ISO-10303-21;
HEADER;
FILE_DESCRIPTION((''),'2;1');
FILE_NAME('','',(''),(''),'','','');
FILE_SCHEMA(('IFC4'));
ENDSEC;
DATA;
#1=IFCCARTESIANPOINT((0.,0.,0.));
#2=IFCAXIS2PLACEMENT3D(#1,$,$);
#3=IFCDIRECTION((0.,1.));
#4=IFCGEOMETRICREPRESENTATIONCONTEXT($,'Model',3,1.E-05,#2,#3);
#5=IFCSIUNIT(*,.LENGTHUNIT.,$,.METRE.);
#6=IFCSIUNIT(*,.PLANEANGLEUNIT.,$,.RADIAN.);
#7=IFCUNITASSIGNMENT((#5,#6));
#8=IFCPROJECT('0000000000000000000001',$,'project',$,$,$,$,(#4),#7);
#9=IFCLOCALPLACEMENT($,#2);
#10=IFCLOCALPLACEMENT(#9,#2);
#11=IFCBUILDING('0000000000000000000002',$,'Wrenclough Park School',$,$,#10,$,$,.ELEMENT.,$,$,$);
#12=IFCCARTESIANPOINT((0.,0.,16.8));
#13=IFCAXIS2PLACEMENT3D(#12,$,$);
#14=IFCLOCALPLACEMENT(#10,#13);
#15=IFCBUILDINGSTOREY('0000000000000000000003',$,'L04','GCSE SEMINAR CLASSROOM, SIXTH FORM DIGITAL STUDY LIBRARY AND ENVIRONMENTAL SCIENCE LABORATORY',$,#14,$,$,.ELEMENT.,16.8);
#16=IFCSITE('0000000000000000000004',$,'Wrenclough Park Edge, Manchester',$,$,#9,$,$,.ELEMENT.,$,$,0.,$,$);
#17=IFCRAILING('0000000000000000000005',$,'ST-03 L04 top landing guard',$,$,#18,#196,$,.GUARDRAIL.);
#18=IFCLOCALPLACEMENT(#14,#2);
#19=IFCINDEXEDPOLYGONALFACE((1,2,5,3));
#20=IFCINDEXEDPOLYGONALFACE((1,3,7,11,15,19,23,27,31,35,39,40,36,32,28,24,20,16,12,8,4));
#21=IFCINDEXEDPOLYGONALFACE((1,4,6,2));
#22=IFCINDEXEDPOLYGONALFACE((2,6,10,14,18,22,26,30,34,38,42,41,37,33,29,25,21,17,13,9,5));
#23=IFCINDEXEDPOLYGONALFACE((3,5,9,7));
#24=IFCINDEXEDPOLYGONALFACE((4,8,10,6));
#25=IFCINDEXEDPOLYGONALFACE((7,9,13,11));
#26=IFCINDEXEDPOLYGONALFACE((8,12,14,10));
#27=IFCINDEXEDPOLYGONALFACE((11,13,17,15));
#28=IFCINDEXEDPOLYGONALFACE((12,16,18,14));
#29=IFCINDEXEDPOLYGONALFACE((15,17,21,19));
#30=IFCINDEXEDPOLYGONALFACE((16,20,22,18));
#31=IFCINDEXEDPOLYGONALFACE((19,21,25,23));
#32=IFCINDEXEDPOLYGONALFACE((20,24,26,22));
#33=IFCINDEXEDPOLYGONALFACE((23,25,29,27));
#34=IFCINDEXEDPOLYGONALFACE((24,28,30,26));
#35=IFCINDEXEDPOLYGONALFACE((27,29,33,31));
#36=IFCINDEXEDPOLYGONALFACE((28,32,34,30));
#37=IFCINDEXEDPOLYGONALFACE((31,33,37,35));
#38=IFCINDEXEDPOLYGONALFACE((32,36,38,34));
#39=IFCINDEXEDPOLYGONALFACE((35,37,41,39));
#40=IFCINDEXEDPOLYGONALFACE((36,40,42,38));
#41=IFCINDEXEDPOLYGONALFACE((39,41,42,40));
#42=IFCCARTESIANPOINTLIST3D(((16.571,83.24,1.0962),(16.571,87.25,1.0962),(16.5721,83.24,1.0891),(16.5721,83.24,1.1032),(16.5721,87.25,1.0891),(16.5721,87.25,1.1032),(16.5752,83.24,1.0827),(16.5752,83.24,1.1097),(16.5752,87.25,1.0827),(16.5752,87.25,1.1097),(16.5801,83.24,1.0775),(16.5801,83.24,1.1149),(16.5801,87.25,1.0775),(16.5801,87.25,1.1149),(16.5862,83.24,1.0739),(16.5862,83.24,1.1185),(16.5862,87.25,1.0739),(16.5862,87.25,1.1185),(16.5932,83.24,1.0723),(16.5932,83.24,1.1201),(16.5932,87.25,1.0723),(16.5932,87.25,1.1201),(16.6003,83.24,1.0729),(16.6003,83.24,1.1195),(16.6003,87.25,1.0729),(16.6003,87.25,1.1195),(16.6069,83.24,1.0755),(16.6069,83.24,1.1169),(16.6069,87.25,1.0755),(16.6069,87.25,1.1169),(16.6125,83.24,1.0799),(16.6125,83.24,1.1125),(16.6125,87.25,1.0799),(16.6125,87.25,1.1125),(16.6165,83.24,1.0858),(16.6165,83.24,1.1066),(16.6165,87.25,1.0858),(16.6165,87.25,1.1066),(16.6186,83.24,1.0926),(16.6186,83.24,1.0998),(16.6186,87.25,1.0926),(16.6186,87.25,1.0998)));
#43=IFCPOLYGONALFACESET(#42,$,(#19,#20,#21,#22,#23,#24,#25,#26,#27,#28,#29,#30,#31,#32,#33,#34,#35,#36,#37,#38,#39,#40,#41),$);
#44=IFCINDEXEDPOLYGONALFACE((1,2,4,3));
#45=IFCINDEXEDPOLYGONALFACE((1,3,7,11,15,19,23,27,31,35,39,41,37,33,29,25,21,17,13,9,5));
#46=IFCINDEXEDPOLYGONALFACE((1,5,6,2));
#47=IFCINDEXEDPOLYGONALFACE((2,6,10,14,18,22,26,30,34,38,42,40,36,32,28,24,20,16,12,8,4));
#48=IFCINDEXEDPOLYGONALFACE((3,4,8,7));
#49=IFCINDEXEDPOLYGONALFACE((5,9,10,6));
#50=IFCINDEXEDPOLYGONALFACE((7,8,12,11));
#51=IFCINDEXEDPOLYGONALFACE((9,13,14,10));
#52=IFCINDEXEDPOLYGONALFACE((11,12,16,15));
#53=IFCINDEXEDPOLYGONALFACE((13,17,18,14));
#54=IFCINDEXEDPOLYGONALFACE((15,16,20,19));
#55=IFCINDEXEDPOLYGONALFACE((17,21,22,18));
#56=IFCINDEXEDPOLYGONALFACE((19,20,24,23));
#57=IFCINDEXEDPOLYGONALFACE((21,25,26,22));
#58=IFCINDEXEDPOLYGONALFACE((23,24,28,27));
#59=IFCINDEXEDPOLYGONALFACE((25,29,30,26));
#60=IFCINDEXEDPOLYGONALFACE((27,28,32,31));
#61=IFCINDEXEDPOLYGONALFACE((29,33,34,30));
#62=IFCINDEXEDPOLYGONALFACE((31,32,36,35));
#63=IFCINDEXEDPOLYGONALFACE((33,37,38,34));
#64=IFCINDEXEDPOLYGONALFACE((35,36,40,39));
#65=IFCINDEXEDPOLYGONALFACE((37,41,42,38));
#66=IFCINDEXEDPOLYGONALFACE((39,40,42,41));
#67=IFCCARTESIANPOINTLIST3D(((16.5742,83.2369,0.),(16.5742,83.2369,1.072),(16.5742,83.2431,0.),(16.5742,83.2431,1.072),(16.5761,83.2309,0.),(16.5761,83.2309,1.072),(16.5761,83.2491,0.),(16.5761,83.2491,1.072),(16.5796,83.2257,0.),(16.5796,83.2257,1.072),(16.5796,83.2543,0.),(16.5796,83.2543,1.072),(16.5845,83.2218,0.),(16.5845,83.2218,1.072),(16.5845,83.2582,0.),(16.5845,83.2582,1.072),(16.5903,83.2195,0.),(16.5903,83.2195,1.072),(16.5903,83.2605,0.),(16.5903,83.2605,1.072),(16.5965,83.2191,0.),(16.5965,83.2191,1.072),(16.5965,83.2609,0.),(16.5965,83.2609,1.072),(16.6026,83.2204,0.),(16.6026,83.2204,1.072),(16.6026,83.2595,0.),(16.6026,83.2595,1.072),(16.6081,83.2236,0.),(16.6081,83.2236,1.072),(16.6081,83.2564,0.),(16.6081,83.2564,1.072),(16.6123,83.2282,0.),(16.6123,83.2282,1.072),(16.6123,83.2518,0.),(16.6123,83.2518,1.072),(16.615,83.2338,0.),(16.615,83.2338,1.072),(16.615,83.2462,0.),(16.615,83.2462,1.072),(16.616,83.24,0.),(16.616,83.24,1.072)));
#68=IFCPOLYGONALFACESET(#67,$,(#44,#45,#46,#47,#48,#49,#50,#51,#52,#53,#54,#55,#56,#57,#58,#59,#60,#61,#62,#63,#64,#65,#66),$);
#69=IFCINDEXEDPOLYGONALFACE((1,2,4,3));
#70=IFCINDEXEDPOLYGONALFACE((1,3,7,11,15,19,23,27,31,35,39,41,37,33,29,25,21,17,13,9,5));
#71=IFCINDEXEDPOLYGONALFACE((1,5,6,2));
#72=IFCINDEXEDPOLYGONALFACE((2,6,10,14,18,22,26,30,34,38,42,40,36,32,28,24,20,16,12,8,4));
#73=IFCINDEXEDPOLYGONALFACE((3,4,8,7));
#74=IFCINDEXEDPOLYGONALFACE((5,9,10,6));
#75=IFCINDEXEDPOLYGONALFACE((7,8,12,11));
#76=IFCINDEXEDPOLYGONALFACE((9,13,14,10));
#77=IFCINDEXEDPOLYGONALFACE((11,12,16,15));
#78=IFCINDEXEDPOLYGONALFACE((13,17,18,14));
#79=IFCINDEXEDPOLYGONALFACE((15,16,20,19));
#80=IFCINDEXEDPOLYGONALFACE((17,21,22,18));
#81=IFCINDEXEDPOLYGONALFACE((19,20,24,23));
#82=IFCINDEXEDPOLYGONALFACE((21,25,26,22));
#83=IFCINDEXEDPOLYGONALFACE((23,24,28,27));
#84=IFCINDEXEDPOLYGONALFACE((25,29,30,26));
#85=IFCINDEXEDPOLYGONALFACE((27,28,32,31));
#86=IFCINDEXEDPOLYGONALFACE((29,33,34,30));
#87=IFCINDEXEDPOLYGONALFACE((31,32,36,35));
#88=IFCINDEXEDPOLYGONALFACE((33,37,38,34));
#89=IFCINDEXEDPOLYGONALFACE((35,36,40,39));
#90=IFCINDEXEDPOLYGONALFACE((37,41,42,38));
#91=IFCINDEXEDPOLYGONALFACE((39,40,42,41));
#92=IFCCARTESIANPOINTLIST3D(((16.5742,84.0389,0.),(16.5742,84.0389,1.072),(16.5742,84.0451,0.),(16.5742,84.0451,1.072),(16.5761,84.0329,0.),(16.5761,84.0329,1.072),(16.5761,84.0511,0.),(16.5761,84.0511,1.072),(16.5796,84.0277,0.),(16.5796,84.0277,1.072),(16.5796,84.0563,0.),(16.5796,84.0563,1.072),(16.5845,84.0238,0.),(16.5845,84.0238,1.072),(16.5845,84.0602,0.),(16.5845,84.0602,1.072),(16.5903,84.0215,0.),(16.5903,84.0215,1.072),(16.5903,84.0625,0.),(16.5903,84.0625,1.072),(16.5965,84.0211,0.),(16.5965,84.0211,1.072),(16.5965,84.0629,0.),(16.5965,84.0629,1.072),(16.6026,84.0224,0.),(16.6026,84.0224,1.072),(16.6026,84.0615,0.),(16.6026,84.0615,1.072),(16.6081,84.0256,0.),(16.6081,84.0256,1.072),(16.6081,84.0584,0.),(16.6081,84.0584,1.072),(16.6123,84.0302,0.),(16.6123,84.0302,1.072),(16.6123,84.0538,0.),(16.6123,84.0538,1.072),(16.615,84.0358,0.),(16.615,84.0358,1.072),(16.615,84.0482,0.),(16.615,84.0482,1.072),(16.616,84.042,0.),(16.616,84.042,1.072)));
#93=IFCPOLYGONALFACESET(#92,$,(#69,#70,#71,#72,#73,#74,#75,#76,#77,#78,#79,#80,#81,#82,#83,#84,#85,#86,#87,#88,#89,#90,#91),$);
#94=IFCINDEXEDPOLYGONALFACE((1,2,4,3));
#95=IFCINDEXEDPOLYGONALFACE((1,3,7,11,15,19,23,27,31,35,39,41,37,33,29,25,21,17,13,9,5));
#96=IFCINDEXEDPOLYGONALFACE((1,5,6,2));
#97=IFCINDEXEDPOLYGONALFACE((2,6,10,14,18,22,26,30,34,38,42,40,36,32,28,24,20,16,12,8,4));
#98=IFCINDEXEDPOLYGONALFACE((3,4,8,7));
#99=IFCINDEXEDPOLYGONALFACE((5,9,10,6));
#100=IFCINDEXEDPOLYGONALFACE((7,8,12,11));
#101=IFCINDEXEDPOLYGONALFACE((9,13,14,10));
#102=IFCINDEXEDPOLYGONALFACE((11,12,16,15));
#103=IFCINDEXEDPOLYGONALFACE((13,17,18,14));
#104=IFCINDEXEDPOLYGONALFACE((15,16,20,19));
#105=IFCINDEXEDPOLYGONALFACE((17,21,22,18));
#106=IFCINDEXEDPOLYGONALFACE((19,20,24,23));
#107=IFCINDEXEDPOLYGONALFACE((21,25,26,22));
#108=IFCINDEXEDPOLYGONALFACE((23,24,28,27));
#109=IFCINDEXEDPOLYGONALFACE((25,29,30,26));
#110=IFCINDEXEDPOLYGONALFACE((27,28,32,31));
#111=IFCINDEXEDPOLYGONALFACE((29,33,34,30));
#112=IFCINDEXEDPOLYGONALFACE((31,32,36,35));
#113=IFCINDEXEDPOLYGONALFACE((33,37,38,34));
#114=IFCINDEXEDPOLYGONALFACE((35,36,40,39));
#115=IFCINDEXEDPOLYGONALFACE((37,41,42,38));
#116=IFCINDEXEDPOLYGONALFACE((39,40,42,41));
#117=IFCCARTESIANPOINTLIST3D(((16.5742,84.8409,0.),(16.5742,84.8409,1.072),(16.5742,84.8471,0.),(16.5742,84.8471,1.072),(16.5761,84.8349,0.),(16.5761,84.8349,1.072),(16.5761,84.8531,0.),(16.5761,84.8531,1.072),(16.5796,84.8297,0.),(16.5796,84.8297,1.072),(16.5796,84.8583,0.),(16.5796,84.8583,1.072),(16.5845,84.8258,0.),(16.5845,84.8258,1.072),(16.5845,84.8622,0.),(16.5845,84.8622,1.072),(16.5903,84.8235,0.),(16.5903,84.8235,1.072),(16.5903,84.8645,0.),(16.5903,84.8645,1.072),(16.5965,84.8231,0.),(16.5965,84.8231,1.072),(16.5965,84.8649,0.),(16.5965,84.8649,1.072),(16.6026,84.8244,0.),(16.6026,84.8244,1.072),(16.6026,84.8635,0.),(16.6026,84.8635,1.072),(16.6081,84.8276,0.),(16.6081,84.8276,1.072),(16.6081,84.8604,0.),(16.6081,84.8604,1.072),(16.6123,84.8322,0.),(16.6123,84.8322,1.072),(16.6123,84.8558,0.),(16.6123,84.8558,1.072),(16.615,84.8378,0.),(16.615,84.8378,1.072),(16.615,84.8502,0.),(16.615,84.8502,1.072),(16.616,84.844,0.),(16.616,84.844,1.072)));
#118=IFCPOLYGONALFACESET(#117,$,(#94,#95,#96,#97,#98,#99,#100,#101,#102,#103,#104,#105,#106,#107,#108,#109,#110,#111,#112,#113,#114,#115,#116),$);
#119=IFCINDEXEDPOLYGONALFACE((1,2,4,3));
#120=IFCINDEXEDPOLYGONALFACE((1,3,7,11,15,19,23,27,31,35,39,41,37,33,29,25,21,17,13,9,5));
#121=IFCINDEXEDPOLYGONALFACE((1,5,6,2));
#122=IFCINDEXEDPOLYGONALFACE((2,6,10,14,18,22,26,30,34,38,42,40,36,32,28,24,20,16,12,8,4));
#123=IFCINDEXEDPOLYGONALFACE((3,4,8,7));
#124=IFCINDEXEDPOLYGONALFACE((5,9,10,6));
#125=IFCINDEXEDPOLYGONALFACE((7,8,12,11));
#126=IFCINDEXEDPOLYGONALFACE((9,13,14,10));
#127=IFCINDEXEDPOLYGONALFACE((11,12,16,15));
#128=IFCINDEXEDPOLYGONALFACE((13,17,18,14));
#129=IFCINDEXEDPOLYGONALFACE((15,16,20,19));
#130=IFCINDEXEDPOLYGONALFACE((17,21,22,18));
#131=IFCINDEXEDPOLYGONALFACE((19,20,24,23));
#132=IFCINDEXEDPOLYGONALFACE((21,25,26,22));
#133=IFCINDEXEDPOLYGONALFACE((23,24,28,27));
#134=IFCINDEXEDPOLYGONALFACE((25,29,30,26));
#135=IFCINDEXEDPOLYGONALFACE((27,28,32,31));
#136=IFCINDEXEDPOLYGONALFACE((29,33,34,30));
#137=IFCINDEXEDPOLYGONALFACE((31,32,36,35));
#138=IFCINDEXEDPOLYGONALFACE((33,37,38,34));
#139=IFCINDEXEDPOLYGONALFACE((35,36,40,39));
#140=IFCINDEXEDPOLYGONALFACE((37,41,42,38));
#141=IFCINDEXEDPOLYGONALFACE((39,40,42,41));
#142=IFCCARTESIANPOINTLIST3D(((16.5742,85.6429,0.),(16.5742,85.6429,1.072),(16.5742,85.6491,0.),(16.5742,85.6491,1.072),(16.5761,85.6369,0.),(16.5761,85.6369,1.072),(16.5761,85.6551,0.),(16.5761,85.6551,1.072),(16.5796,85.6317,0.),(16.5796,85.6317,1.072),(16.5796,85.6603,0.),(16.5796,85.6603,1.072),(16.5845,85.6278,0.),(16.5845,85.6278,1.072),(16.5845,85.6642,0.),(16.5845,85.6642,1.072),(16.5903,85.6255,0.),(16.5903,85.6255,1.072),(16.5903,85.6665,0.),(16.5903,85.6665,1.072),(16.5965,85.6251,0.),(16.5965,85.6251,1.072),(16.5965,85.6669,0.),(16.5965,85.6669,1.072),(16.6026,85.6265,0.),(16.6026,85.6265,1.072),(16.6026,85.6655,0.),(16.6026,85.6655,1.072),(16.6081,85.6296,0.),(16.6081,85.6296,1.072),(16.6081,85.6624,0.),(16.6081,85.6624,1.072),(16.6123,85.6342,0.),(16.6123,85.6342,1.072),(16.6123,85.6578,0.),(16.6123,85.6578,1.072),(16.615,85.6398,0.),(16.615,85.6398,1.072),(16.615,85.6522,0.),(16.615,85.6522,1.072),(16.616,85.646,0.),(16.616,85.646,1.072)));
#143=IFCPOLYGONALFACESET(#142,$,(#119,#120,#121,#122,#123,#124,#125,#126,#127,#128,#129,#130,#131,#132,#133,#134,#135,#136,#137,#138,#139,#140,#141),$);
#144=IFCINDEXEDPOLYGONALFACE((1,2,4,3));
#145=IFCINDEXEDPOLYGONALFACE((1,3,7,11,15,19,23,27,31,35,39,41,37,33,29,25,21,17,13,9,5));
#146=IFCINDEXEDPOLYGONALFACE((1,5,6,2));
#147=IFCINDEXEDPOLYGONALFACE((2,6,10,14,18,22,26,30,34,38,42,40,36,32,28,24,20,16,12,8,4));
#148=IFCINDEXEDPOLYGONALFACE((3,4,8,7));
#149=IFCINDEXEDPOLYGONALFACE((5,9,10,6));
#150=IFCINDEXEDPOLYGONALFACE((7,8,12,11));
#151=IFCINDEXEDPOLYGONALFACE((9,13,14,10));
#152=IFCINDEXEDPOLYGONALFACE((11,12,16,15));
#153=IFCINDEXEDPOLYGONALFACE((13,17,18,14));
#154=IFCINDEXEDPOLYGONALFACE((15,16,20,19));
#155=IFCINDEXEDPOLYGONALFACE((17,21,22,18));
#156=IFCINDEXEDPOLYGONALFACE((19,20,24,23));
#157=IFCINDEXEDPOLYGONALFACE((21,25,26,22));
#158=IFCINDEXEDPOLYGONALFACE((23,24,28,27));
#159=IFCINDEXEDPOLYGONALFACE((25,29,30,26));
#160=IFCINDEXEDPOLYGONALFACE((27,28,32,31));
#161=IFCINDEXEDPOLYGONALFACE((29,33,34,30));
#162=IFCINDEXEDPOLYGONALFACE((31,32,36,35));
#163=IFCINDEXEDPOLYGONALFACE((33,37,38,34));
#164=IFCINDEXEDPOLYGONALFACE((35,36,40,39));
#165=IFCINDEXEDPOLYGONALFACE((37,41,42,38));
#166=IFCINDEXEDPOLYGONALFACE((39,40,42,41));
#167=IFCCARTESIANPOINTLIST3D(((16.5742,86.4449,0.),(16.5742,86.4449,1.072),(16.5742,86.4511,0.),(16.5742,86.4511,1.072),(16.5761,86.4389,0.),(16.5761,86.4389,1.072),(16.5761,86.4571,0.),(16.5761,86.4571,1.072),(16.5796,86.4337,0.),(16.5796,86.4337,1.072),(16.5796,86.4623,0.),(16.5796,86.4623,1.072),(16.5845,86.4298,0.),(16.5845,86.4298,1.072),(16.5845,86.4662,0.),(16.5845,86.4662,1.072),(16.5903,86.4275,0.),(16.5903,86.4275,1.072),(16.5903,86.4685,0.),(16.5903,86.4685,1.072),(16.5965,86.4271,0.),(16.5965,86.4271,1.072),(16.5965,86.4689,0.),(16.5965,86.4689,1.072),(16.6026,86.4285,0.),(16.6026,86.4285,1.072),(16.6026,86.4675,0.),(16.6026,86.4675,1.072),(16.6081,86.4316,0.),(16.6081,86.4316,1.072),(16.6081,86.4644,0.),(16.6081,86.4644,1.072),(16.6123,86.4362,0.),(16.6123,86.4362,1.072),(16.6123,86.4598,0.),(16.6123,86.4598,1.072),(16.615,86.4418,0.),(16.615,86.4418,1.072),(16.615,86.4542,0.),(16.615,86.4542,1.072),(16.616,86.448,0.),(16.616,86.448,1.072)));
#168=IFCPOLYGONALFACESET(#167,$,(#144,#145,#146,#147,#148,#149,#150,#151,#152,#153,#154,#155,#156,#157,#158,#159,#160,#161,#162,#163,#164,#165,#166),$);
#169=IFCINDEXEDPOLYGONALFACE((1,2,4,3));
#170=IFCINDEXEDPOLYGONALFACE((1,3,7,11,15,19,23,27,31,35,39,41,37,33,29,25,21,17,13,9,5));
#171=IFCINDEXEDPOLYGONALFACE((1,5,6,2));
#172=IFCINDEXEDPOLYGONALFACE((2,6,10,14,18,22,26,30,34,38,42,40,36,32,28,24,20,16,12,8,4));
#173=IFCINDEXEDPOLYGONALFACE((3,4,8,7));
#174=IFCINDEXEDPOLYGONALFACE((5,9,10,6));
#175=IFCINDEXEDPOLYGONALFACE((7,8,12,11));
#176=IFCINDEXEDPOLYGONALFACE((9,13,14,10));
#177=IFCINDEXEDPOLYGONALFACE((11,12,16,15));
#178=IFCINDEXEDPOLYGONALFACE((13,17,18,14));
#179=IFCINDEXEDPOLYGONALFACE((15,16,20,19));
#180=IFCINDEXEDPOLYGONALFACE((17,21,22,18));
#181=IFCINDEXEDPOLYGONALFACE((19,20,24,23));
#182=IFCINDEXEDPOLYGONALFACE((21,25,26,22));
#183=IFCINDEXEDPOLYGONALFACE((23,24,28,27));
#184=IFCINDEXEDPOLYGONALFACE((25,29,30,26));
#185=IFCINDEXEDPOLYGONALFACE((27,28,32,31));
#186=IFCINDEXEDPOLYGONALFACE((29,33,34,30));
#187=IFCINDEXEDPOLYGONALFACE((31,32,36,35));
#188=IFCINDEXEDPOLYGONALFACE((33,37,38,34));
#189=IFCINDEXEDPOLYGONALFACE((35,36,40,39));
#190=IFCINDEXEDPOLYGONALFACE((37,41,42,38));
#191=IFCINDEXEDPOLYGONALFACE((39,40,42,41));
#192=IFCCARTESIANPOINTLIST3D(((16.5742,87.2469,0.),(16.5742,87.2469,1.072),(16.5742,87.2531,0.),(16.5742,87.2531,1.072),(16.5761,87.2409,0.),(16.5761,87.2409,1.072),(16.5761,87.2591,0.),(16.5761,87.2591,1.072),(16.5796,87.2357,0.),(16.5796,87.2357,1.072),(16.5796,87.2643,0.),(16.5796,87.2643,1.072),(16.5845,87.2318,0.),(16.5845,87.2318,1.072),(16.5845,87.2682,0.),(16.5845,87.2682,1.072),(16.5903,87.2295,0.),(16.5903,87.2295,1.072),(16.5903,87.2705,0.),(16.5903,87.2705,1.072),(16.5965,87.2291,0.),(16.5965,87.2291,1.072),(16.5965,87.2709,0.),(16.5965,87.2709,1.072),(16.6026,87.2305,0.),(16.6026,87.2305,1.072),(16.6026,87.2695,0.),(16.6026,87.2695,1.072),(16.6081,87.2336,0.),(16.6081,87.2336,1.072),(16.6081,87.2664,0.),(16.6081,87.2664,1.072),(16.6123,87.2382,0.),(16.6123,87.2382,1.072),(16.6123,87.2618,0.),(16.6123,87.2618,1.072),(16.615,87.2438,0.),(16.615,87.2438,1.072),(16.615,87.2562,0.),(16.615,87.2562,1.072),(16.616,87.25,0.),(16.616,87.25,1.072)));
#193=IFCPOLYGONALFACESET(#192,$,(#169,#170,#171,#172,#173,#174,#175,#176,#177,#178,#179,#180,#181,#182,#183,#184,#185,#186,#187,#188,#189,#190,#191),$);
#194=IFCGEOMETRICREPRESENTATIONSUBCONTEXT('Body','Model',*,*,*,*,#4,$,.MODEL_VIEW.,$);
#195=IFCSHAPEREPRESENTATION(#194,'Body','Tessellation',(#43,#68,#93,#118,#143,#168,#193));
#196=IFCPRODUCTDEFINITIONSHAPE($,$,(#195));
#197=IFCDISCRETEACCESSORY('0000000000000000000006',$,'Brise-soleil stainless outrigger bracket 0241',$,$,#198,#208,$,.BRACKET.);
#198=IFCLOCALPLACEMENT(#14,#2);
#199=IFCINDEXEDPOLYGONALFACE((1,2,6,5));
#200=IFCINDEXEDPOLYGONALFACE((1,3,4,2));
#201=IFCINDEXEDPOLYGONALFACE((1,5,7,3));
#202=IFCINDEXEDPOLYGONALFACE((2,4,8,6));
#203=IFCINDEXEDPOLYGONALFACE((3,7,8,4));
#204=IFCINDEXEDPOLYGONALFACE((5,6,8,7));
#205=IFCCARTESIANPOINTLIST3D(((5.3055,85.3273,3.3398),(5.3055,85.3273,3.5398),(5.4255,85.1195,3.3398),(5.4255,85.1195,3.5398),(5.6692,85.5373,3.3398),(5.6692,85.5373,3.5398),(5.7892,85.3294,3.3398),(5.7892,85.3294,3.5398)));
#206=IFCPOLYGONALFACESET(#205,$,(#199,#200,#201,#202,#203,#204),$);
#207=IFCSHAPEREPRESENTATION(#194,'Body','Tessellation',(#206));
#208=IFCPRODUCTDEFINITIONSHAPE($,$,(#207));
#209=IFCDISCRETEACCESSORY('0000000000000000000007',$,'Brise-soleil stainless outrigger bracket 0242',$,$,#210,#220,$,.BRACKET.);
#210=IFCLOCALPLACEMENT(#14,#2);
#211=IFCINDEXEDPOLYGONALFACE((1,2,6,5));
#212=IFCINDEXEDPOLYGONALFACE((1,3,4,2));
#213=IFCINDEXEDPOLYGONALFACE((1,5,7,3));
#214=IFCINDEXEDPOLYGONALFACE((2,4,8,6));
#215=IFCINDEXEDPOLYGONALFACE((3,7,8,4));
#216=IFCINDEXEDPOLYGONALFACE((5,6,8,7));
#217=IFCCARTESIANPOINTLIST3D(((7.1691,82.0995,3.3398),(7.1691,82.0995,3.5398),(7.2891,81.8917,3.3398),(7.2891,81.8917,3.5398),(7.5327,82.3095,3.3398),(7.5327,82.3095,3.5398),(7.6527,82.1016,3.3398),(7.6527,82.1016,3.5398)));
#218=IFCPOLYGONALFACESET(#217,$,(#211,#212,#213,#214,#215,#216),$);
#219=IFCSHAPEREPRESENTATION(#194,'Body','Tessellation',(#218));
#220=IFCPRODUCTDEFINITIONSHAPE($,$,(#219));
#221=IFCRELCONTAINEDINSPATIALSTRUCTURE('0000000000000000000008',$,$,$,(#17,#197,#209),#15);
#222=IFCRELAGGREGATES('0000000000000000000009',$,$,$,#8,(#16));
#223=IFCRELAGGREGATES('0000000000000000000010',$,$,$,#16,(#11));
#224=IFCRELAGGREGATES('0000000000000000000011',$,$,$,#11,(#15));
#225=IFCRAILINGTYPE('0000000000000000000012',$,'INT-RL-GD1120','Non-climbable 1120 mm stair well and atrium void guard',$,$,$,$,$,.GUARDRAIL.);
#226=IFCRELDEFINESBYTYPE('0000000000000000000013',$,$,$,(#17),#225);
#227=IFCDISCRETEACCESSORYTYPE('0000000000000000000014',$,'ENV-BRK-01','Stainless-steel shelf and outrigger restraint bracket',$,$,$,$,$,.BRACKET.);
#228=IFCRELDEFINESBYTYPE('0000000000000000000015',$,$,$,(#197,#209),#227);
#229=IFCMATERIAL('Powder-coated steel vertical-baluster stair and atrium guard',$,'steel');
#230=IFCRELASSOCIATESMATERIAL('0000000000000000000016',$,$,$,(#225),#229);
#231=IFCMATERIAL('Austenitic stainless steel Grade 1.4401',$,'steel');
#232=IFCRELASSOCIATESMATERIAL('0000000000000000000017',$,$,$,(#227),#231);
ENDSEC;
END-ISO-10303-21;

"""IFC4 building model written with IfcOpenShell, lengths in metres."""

from ifc_helpers import new_model, si_unit, direction, frame, origin, origin_2d, place, context, subcontext, project, spatial, rectangle, circle, extrude, material, type_object, element, save


model = new_model("IFC4")

# Units and contexts
model_context = context("Model", 3, precision=1e-05, world=origin(), true_north=direction((0.0, 1.0)))
body_context = subcontext(model_context, "Body", "Model", "MODEL_VIEW")
ifc_project = project(units=[si_unit("LENGTHUNIT", "METRE"), si_unit("PLANEANGLEUNIT", "RADIAN")], contexts=[model_context])

# Site, building, storey
site_placement = place(None, origin())
site = spatial("IfcSite", under=ifc_project, at=site_placement, Name="Wrenclough Park Edge, Manchester", CompositionType="ELEMENT", RefElevation=0.0)
building_placement = place(site_placement, origin())
building = spatial("IfcBuilding", under=site, at=building_placement, Name="Wrenclough Park School", CompositionType="ELEMENT")
storey_placement = place(building_placement, frame((0.0, 0.0, 16.8)))
storey = spatial("IfcBuildingStorey", under=building, at=storey_placement, Name="L04", Description="GCSE SEMINAR CLASSROOM, SIXTH FORM DIGITAL STUDY LIBRARY AND ENVIRONMENTAL SCIENCE LABORATORY", CompositionType="ELEMENT", Elevation=16.8)

# Railing
ifc_material_1 = material(Name="Powder-coated steel vertical-baluster stair and atrium guard", Category="steel")
railing_type = type_object("IfcRailingType", Name="INT-RL-GD1120", Description="Non-climbable 1120 mm stair well and atrium void guard", PredefinedType="GUARDRAIL", material=ifc_material_1)
railing_placement = place(storey_placement, frame((16.595, 83.24, 0.0)))
element("IfcRailing", 1, at=railing_placement, inside=storey, type_object=railing_type, Name="ST-03 L04 top landing guard", PredefinedType="GUARDRAIL", context=body_context, shape_type="SweptSolid", body=[
    extrude(circle(Radius=0.0239, at=origin_2d()), frame((0.0, 0.0, 1.0962), z_axis=(0.0, 1.0, 0.0), x_axis=(-1.0, 0.0, 0.0)), (0.0, 0.0, 1.0), 4.01),
    extrude(circle(Radius=0.021, at=origin_2d()), origin(), (0.0, 0.0, 1.0), 1.072),
    extrude(circle(Radius=0.021, at=origin_2d()), frame((0.0, 0.802, 0.0)), (0.0, 0.0, 1.0), 1.072),
    extrude(circle(Radius=0.021, at=origin_2d()), frame((0.0, 1.604, 0.0)), (0.0, 0.0, 1.0), 1.072),
    extrude(circle(Radius=0.021, at=origin_2d()), frame((0.0, 2.406, 0.0)), (0.0, 0.0, 1.0), 1.072),
    extrude(circle(Radius=0.021, at=origin_2d()), frame((0.0, 3.208, 0.0)), (0.0, 0.0, 1.0), 1.072),
    extrude(circle(Radius=0.021, at=origin_2d()), frame((0.0, 4.01, 0.0)), (0.0, 0.0, 1.0), 1.072),
])

# Discrete accessories
ifc_material_2 = material(Name="Austenitic stainless steel Grade 1.4401", Category="steel")
discrete_accessory_type = type_object("IfcDiscreteAccessoryType", Name="ENV-BRK-01", Description="Stainless-steel shelf and outrigger restraint bracket", PredefinedType="BRACKET", material=ifc_material_2)
for number, where, z_axis, x_axis, name in (
    (2, (5.5474, 85.3284, 3.3398), (0.0, 0.0, 1.0), (0.499993, -0.866029, 0.0), "Brise-soleil stainless outrigger bracket 0241"),
    (3, (7.4109, 82.1006, 3.3398), (0.0, 0.0, 1.0), (0.499993, -0.866029, 0.0), "Brise-soleil stainless outrigger bracket 0242"),
):
    element("IfcDiscreteAccessory", number, at=place(storey_placement, frame(where, z_axis=z_axis, x_axis=x_axis)), inside=storey, type_object=discrete_accessory_type, Name=name, PredefinedType="BRACKET", context=body_context, shape_type="SweptSolid", body=[
        extrude(rectangle(XDim=0.24, YDim=0.4199, at=origin_2d()), origin(), (0.0, 0.0, 1.0), 0.2),
    ])

save(model, "model.ifc")
